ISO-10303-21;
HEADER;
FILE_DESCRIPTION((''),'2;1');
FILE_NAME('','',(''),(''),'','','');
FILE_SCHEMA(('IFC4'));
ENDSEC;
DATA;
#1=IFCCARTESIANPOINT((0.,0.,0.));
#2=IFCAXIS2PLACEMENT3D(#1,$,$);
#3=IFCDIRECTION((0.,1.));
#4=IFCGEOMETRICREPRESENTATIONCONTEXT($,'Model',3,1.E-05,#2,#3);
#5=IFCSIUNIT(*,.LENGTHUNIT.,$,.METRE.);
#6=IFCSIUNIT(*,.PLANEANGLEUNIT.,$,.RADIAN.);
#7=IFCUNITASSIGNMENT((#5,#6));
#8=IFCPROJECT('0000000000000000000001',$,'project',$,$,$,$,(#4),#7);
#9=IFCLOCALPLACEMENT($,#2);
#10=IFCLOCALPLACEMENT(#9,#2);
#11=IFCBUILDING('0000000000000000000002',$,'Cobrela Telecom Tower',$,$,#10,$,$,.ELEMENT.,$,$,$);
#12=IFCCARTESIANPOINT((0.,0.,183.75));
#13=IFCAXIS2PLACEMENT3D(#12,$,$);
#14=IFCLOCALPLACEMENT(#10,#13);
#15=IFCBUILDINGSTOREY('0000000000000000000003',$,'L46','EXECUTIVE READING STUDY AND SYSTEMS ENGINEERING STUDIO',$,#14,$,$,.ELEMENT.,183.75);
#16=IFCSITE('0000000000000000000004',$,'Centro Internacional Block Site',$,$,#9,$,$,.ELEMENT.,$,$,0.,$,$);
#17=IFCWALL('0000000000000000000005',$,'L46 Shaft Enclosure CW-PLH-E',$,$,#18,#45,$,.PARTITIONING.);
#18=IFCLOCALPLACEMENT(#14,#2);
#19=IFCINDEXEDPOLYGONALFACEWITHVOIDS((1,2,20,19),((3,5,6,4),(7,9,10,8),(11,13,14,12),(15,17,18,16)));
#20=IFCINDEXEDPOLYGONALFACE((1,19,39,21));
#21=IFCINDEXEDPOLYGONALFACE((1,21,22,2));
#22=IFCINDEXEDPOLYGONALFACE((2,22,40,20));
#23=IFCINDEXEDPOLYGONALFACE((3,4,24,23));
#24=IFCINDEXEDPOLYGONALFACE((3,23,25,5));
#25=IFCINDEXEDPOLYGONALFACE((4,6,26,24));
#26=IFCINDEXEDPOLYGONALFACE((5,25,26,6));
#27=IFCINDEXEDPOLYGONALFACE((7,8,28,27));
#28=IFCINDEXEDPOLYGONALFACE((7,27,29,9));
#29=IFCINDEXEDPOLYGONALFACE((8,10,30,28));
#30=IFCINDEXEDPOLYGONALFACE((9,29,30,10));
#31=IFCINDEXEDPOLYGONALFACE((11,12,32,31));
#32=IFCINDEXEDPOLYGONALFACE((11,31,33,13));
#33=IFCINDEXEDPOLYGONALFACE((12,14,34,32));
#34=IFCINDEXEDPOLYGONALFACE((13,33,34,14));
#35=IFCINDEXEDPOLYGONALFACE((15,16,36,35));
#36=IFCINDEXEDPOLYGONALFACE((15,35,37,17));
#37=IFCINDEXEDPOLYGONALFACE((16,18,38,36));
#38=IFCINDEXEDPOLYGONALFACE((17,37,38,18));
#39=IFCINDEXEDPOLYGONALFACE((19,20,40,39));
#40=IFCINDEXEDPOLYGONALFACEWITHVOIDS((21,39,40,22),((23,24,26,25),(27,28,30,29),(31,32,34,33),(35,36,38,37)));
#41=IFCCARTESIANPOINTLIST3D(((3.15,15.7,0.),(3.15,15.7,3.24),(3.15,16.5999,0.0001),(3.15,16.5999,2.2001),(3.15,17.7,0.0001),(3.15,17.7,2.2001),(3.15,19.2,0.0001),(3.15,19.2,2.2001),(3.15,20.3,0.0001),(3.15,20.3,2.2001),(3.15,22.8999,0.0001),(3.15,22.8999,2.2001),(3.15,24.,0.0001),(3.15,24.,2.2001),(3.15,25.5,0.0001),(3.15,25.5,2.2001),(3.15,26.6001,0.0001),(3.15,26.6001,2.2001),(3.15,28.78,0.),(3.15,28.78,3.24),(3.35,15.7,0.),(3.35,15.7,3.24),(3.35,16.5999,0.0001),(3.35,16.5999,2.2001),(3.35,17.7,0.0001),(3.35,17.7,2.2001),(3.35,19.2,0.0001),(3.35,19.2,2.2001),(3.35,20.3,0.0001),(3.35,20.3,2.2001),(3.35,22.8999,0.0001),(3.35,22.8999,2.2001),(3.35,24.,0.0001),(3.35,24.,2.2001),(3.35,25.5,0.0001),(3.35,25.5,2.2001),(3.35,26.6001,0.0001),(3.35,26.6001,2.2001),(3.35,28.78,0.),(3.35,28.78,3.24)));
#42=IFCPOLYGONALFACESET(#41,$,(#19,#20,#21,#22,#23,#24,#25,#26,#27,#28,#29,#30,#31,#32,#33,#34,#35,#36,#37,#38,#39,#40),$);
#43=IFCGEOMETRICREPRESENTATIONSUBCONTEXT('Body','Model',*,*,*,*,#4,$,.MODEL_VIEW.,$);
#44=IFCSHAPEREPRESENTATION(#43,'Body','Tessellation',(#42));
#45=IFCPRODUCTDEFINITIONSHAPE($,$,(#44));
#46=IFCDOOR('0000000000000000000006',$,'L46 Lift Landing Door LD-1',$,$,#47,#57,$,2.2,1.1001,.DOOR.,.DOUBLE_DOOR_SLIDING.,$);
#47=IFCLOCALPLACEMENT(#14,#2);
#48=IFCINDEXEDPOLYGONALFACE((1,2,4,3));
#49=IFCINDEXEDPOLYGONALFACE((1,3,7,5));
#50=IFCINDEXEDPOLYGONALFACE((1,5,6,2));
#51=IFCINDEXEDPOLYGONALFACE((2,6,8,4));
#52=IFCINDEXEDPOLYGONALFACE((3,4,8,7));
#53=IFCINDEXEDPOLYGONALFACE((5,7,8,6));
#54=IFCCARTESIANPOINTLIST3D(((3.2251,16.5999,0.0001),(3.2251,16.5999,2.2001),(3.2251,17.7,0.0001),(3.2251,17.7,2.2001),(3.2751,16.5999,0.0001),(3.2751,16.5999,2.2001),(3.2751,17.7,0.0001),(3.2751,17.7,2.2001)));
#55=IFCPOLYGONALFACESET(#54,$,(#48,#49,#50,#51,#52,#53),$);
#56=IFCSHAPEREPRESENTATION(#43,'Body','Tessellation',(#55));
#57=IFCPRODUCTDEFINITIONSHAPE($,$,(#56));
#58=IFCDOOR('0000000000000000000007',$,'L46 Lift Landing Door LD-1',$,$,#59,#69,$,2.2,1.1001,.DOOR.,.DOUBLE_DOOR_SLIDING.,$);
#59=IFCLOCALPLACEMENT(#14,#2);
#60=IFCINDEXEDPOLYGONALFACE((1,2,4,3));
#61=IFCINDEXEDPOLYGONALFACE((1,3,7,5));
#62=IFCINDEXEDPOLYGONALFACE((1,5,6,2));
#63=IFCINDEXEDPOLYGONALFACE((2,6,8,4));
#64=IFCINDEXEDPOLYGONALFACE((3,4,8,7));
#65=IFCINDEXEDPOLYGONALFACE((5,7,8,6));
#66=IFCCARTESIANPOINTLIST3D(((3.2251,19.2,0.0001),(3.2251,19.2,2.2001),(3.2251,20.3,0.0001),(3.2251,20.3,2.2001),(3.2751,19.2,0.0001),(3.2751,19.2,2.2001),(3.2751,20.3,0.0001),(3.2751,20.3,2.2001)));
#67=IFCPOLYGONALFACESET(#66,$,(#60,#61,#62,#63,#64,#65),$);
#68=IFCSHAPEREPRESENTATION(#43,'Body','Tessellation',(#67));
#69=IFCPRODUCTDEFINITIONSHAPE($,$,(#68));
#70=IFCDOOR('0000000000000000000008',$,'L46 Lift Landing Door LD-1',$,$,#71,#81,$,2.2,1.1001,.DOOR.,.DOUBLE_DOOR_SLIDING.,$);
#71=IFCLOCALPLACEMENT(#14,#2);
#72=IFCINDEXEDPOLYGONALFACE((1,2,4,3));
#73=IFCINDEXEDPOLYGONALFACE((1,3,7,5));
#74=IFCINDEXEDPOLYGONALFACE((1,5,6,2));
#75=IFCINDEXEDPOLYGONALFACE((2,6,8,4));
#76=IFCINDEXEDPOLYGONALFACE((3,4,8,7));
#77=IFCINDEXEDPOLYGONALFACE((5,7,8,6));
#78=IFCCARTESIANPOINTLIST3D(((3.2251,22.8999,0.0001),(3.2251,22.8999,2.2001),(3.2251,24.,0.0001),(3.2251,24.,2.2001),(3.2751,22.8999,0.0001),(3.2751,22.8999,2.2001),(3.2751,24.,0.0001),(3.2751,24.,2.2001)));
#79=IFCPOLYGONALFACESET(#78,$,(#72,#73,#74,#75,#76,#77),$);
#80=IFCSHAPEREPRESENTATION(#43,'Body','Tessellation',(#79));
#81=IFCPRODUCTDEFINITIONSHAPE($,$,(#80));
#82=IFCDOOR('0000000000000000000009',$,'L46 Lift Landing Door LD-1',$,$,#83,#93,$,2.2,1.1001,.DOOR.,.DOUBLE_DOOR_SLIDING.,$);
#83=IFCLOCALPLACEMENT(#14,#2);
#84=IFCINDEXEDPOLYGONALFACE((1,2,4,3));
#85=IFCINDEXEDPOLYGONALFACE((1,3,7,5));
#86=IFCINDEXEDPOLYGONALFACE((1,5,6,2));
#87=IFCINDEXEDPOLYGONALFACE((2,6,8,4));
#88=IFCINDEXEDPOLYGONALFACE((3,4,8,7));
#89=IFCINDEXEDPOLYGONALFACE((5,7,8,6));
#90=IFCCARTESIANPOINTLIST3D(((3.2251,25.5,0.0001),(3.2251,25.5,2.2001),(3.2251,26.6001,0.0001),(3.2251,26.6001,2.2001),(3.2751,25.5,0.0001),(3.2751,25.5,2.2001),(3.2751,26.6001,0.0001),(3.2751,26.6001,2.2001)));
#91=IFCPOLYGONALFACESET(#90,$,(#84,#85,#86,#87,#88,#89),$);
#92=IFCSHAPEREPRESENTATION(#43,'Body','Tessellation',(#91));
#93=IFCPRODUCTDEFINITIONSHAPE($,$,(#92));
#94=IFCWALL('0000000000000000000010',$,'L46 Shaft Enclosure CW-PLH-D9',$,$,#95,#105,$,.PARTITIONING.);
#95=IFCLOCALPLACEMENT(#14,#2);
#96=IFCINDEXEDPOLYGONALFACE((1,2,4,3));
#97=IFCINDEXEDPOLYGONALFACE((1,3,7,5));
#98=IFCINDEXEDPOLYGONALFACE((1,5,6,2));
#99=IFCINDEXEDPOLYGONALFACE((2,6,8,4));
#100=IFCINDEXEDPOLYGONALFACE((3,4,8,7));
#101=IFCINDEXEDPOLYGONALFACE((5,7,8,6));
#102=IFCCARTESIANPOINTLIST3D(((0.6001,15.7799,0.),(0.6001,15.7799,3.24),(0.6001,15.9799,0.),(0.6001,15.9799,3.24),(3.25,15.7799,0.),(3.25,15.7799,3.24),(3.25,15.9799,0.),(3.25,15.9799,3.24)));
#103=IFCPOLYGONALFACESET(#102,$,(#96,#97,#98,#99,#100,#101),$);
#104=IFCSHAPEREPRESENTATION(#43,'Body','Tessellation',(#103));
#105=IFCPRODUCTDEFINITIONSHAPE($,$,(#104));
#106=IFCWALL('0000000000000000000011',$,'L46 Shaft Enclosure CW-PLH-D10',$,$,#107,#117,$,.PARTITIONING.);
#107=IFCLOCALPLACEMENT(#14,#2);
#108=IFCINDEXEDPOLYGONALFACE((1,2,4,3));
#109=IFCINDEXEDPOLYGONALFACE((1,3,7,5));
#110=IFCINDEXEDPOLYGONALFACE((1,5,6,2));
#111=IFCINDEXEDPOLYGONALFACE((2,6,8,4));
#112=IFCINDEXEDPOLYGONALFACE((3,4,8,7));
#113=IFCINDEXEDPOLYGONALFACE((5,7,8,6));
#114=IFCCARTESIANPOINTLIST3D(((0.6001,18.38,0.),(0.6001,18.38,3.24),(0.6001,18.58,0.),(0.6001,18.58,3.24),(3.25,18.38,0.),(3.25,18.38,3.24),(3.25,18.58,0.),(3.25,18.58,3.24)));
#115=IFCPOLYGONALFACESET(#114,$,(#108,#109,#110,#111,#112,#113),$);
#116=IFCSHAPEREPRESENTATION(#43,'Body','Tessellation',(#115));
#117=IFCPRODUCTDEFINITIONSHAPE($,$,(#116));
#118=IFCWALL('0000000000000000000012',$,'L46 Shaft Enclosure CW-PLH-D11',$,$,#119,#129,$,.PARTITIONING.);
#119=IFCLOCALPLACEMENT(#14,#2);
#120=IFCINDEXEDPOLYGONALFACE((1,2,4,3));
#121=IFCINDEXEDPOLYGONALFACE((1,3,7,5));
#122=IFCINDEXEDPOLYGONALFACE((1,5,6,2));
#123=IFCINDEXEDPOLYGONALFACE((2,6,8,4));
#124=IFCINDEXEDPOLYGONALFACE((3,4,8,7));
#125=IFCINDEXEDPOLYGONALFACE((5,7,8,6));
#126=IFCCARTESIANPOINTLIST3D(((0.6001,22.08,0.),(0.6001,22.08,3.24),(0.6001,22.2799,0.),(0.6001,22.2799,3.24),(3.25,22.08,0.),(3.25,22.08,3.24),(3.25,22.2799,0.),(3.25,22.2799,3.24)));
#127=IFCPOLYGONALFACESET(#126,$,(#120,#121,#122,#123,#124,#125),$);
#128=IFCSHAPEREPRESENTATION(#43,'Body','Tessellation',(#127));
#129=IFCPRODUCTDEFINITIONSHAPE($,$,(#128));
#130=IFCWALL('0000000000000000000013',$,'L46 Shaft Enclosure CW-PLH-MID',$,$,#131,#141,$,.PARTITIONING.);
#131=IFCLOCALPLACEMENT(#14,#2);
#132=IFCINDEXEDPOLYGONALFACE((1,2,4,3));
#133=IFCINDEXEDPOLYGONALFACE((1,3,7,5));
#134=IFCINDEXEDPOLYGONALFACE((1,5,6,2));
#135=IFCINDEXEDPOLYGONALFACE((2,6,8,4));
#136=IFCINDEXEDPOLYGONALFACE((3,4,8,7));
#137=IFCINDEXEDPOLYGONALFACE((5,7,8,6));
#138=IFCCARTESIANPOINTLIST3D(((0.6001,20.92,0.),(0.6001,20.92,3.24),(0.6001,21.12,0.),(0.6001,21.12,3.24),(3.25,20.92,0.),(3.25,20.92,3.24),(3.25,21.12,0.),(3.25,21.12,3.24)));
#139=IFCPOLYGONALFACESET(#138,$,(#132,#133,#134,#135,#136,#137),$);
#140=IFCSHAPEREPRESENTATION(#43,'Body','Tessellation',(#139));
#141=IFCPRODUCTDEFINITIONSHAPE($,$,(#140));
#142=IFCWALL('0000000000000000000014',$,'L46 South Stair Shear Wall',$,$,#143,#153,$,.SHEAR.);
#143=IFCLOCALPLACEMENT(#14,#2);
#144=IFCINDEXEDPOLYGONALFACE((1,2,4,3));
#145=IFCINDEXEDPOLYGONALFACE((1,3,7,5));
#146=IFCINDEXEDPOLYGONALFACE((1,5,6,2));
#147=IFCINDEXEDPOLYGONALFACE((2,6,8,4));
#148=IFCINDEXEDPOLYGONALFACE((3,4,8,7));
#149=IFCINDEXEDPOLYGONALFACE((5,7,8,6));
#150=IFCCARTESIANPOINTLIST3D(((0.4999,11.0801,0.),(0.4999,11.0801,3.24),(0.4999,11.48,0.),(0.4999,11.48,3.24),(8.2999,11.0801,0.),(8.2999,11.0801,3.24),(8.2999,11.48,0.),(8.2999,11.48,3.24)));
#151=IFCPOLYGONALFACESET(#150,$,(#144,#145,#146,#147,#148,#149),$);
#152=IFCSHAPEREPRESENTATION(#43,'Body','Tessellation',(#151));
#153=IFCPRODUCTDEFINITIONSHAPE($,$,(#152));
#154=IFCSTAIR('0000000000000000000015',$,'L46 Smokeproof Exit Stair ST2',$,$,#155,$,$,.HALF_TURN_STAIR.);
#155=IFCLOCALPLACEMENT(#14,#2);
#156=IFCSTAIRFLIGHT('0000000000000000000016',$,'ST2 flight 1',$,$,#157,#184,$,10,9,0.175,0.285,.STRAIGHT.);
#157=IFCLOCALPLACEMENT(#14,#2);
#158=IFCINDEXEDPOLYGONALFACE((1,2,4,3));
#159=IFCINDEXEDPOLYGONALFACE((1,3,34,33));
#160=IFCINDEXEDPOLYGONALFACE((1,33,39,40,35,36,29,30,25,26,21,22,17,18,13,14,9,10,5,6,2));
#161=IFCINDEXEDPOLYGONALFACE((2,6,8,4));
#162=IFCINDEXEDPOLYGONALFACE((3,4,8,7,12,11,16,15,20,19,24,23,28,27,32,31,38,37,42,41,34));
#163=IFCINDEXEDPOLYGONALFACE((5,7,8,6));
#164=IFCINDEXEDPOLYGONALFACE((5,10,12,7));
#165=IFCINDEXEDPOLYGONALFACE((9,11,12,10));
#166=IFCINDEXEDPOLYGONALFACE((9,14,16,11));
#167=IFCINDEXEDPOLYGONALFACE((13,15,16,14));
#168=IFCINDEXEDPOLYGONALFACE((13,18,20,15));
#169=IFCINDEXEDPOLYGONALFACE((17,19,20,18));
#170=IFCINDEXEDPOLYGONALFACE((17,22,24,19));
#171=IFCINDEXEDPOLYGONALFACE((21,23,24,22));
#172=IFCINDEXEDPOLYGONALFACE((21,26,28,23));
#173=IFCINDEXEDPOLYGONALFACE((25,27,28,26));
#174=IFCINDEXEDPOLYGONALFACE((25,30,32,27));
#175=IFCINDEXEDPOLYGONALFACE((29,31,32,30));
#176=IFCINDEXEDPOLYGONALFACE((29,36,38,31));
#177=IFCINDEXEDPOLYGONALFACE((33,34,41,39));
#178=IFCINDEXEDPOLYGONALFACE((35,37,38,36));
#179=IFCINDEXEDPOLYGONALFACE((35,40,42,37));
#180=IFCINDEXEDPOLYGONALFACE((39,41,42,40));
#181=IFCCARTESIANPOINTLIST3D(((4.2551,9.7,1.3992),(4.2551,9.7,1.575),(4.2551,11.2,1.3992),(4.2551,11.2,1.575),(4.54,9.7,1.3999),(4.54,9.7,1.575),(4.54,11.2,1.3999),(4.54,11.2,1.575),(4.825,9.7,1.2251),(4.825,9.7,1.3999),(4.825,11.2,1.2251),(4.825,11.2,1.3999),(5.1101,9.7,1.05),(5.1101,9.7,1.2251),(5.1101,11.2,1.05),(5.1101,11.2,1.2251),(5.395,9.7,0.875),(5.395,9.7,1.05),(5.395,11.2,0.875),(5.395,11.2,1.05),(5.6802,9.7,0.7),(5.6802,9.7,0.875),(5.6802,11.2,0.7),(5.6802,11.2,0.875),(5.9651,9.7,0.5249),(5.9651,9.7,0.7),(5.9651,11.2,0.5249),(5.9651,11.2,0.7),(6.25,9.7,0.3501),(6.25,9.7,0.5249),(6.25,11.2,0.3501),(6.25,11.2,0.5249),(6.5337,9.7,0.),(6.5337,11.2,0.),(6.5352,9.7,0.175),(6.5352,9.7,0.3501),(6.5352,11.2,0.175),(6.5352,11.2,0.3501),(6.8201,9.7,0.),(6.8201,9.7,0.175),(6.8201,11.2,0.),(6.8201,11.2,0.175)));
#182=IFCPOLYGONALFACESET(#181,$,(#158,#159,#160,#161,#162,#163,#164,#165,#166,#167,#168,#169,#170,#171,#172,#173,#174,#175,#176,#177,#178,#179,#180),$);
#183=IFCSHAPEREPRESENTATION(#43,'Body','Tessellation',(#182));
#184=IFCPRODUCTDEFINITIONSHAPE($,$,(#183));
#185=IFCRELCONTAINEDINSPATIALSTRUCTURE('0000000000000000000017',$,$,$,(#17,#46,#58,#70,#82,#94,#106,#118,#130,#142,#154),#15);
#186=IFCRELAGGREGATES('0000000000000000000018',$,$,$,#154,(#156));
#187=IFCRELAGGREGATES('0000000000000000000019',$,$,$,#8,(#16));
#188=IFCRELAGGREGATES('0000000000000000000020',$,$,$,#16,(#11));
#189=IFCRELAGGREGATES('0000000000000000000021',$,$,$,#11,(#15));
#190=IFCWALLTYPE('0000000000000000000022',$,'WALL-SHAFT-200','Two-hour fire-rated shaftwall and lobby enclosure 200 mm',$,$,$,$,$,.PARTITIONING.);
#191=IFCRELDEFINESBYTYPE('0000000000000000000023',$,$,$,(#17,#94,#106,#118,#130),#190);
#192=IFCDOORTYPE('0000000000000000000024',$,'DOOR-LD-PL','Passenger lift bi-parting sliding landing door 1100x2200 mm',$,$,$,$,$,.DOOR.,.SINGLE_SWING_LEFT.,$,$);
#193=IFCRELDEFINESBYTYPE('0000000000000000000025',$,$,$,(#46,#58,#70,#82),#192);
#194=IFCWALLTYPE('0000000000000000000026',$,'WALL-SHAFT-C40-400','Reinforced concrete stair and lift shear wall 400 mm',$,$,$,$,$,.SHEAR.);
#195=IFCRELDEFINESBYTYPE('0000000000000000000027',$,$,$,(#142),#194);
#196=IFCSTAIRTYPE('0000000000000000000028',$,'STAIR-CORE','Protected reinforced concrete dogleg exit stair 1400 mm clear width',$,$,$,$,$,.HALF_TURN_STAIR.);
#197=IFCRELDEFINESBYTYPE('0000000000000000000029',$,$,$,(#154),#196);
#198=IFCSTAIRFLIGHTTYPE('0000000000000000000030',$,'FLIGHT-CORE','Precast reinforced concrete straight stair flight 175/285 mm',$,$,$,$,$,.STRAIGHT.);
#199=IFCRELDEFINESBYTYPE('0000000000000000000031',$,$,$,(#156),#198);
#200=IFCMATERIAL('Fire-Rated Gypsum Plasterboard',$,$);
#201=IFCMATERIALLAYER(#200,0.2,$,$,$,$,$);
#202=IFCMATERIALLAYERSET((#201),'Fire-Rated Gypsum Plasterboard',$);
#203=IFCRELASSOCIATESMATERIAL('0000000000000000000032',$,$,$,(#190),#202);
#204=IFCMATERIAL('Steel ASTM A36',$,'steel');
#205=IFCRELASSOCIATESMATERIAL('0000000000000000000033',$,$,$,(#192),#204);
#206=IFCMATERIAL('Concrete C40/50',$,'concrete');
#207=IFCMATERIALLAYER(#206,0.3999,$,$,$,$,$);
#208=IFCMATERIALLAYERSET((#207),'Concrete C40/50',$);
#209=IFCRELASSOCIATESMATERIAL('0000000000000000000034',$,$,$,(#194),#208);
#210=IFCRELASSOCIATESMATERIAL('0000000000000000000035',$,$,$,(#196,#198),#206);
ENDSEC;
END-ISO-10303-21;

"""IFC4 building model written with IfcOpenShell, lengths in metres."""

from ifc_helpers import new_model, si_unit, direction, frame, frame_2d, origin, place, context, subcontext, project, spatial, polyline, rectangle, outline, extrude, material, layer, layer_set, type_object, element, fill, aggregate, save


model = new_model("IFC4")

# Units and contexts
model_context = context("Model", 3, precision=1e-05, world=origin(), true_north=direction((0.0, 1.0)))
body_context = subcontext(model_context, "Body", "Model", "MODEL_VIEW")
ifc_project = project(units=[si_unit("LENGTHUNIT", "METRE"), si_unit("PLANEANGLEUNIT", "RADIAN")], contexts=[model_context])

# Site, building, storey
site_placement = place(None, origin())
site = spatial("IfcSite", under=ifc_project, at=site_placement, Name="Centro Internacional Block Site", CompositionType="ELEMENT", RefElevation=0.0)
building_placement = place(site_placement, origin())
building = spatial("IfcBuilding", under=site, at=building_placement, Name="Cobrela Telecom Tower", CompositionType="ELEMENT")
storey_placement = place(building_placement, frame((0.0, 0.0, 183.75)))
storey = spatial("IfcBuildingStorey", under=building, at=storey_placement, Name="L46", Description="EXECUTIVE READING STUDY AND SYSTEMS ENGINEERING STUDIO", CompositionType="ELEMENT", Elevation=183.75)

# Shared definitions
ifc_material_1 = material(Name="Fire-Rated Gypsum Plasterboard")

# Wall, openings, doors
ifc_layer_1 = layer(ifc_material_1, 0.2)
ifc_layer_set_1 = layer_set([ifc_layer_1], Name="Fire-Rated Gypsum Plasterboard")
wall_type_1 = type_object("IfcWallType", Name="WALL-SHAFT-200", Description="Two-hour fire-rated shaftwall and lobby enclosure 200 mm", PredefinedType="PARTITIONING", material=ifc_layer_set_1)
wall_1_placement = place(storey_placement, frame((3.25, 15.7, 0.0), z_axis=(0.0, 0.0, 1.0), x_axis=(0.0, 1.0, 0.0)))
wall_1 = element("IfcWall", 1, at=wall_1_placement, inside=storey, type_object=wall_type_1, Name="L46 Shaft Enclosure CW-PLH-E", PredefinedType="PARTITIONING", context=body_context, shape_type="SweptSolid", body=[
    extrude(rectangle(XDim=13.0801, YDim=0.2, at=frame_2d((6.54, 0.0))), origin(), (0.0, 0.0, 1.0), 3.24),
])
opening_1_placement = place(wall_1_placement, frame((0.8999, 0.0, 0.0)))
opening_1 = element("IfcOpeningElement", 2, at=opening_1_placement, cuts=wall_1, PredefinedType="OPENING", context=body_context, shape_type="SweptSolid", body=[
    extrude(rectangle(XDim=1.1001, YDim=2.2, at=frame_2d((0.55, 1.1001))), frame((0.0, 0.1118, 0.0), z_axis=(0.0, -1.0, 0.0), x_axis=(1.0, 0.0, 0.0)), (0.0, 0.0, 1.0), 0.2239),
])
opening_2_placement = place(wall_1_placement, frame((3.5, 0.0, 0.0)))
opening_2 = element("IfcOpeningElement", 3, at=opening_2_placement, cuts=wall_1, PredefinedType="OPENING", context=body_context, shape_type="SweptSolid", body=[
    extrude(rectangle(XDim=1.1001, YDim=2.2, at=frame_2d((0.55, 1.1001))), frame((0.0, 0.1118, 0.0), z_axis=(0.0, -1.0, 0.0), x_axis=(1.0, 0.0, 0.0)), (0.0, 0.0, 1.0), 0.2239),
])
opening_3_placement = place(wall_1_placement, frame((7.2, 0.0, 0.0)))
opening_3 = element("IfcOpeningElement", 4, at=opening_3_placement, cuts=wall_1, PredefinedType="OPENING", context=body_context, shape_type="SweptSolid", body=[
    extrude(rectangle(XDim=1.1001, YDim=2.2, at=frame_2d((0.55, 1.1001))), frame((0.0, 0.1118, 0.0), z_axis=(0.0, -1.0, 0.0), x_axis=(1.0, 0.0, 0.0)), (0.0, 0.0, 1.0), 0.2239),
])
opening_4_placement = place(wall_1_placement, frame((9.8, 0.0, 0.0)))
opening_4 = element("IfcOpeningElement", 5, at=opening_4_placement, cuts=wall_1, PredefinedType="OPENING", context=body_context, shape_type="SweptSolid", body=[
    extrude(rectangle(XDim=1.1001, YDim=2.2, at=frame_2d((0.55, 1.1001))), frame((0.0, 0.1118, 0.0), z_axis=(0.0, -1.0, 0.0), x_axis=(1.0, 0.0, 0.0)), (0.0, 0.0, 1.0), 0.2239),
])
ifc_material_2 = material(Name="Steel ASTM A36", Category="steel")
door_type_1 = type_object("IfcDoorType", Name="DOOR-LD-PL", Description="Passenger lift bi-parting sliding landing door 1100x2200 mm", OperationType="SINGLE_SWING_LEFT", PredefinedType="DOOR", material=ifc_material_2)
door_1_placement = place(opening_1_placement, origin())
door_1 = element("IfcDoor", 6, at=door_1_placement, inside=storey, type_object=door_type_1, Name="L46 Lift Landing Door LD-1", OperationType="DOUBLE_DOOR_SLIDING", OverallHeight=2.2, OverallWidth=1.1001, PredefinedType="DOOR", context=body_context, shape_type="SweptSolid", body=[
    extrude(rectangle(XDim=1.1001, YDim=2.2, at=frame_2d((0.55, 1.1001))), frame((0.0, 0.0249, 0.0), z_axis=(0.0, -1.0, 0.0), x_axis=(1.0, 0.0, 0.0)), (0.0, 0.0, 1.0), 0.05),
])
fill(opening_1, door_1)
door_2_placement = place(opening_2_placement, origin())
door_2 = element("IfcDoor", 7, at=door_2_placement, inside=storey, type_object=door_type_1, Name="L46 Lift Landing Door LD-1", OperationType="DOUBLE_DOOR_SLIDING", OverallHeight=2.2, OverallWidth=1.1001, PredefinedType="DOOR", context=body_context, shape_type="SweptSolid", body=[
    extrude(rectangle(XDim=1.1001, YDim=2.2, at=frame_2d((0.55, 1.1001))), frame((0.0, 0.0249, 0.0), z_axis=(0.0, -1.0, 0.0), x_axis=(1.0, 0.0, 0.0)), (0.0, 0.0, 1.0), 0.05),
])
fill(opening_2, door_2)
door_3_placement = place(opening_3_placement, origin())
door_3 = element("IfcDoor", 8, at=door_3_placement, inside=storey, type_object=door_type_1, Name="L46 Lift Landing Door LD-1", OperationType="DOUBLE_DOOR_SLIDING", OverallHeight=2.2, OverallWidth=1.1001, PredefinedType="DOOR", context=body_context, shape_type="SweptSolid", body=[
    extrude(rectangle(XDim=1.1001, YDim=2.2, at=frame_2d((0.55, 1.1001))), frame((0.0, 0.0249, 0.0), z_axis=(0.0, -1.0, 0.0), x_axis=(1.0, 0.0, 0.0)), (0.0, 0.0, 1.0), 0.05),
])
fill(opening_3, door_3)
door_4_placement = place(opening_4_placement, origin())
door_4 = element("IfcDoor", 9, at=door_4_placement, inside=storey, type_object=door_type_1, Name="L46 Lift Landing Door LD-1", OperationType="DOUBLE_DOOR_SLIDING", OverallHeight=2.2, OverallWidth=1.1001, PredefinedType="DOOR", context=body_context, shape_type="SweptSolid", body=[
    extrude(rectangle(XDim=1.1001, YDim=2.2, at=frame_2d((0.55, 1.1001))), frame((0.0, 0.0249, 0.0), z_axis=(0.0, -1.0, 0.0), x_axis=(1.0, 0.0, 0.0)), (0.0, 0.0, 1.0), 0.05),
])
fill(opening_4, door_4)

# Walls
for number, where, z_axis, x_axis, name in (
    (10, (0.6001, 15.8799, 0.0), (0.0, 0.0, 1.0), (1.0, 0.0, 0.0), "L46 Shaft Enclosure CW-PLH-D9"),
    (11, (0.6001, 18.48, 0.0), (0.0, 0.0, 1.0), (1.0, 0.0, 0.0), "L46 Shaft Enclosure CW-PLH-D10"),
    (12, (0.6001, 22.1799, 0.0), (0.0, 0.0, 1.0), (1.0, 0.0, 0.0), "L46 Shaft Enclosure CW-PLH-D11"),
    (13, (0.6001, 21.02, 0.0), (0.0, 0.0, 1.0), (1.0, 0.0, 0.0), "L46 Shaft Enclosure CW-PLH-MID"),
):
    element("IfcWall", number, at=place(storey_placement, frame(where, z_axis=z_axis, x_axis=x_axis)), inside=storey, type_object=wall_type_1, Name=name, PredefinedType="PARTITIONING", context=body_context, shape_type="SweptSolid", body=[
        extrude(rectangle(XDim=2.6499, YDim=0.2, at=frame_2d((1.325, 0.0))), origin(), (0.0, 0.0, 1.0), 3.24),
    ])
ifc_material_3 = material(Name="Concrete C40/50", Category="concrete")
ifc_layer_2 = layer(ifc_material_3, 0.3999)
ifc_layer_set_2 = layer_set([ifc_layer_2], Name="Concrete C40/50")
wall_type_2 = type_object("IfcWallType", Name="WALL-SHAFT-C40-400", Description="Reinforced concrete stair and lift shear wall 400 mm", PredefinedType="SHEAR", material=ifc_layer_set_2)
wall_2_placement = place(storey_placement, frame((0.5, 11.28, 0.0), z_axis=(0.0, 0.0, 1.0), x_axis=(1.0, 0.0, 0.0)))
element("IfcWall", 14, at=wall_2_placement, inside=storey, type_object=wall_type_2, Name="L46 South Stair Shear Wall", PredefinedType="SHEAR", context=body_context, shape_type="SweptSolid", body=[
    extrude(rectangle(XDim=7.8, YDim=0.3999, at=frame_2d((3.8999, 0.0))), origin(), (0.0, 0.0, 1.0), 3.24),
])

# Stair, stair flight
stair_type = type_object("IfcStairType", Name="STAIR-CORE", Description="Protected reinforced concrete dogleg exit stair 1400 mm clear width", PredefinedType="HALF_TURN_STAIR", material=ifc_material_3)
stair_placement = place(storey_placement, origin())
stair = element("IfcStair", 15, at=stair_placement, inside=storey, type_object=stair_type, Name="L46 Smokeproof Exit Stair ST2", PredefinedType="HALF_TURN_STAIR")
stair_flight_type = type_object("IfcStairFlightType", Name="FLIGHT-CORE", Description="Precast reinforced concrete straight stair flight 175/285 mm", PredefinedType="STRAIGHT", material=ifc_material_3)
stair_flight_placement = place(storey_placement, frame((6.8201, 10.45, 0.0), z_axis=(0.0, 0.0, 1.0), x_axis=(-1.0, 0.0, 0.0)))
stair_flight = element("IfcStairFlight", 16, at=stair_flight_placement, type_object=stair_flight_type, Name="ST2 flight 1", NumberOfRisers=10, NumberOfTreads=9, PredefinedType="STRAIGHT", RiserHeight=0.175, TreadLength=0.285, context=body_context, shape_type="SweptSolid", body=[
    extrude(outline(polyline([(0.0, 0.0), (0.0, 0.175), (0.2849, 0.175), (0.2849, 0.3501), (0.5701, 0.3501), (0.5701, 0.5249), (0.855, 0.5249), (0.855, 0.7), (1.1399, 0.7), (1.1399, 0.875), (1.425, 0.875), (1.425, 1.05), (1.71, 1.05), (1.71, 1.2251), (1.9951, 1.2251), (1.9951, 1.3999), (2.28, 1.3999), (2.28, 1.575), (2.5649, 1.575), (2.5649, 1.75), (2.5649, 1.3992), (0.2864, 0.0), (0.0, 0.0)])), frame((0.0, 0.75, 0.0), z_axis=(0.0, -1.0, 0.0), x_axis=(1.0, 0.0, 0.0)), (0.0, 0.0, 1.0), 1.5),
])
aggregate(stair, [stair_flight])

save(model, "model.ifc")
